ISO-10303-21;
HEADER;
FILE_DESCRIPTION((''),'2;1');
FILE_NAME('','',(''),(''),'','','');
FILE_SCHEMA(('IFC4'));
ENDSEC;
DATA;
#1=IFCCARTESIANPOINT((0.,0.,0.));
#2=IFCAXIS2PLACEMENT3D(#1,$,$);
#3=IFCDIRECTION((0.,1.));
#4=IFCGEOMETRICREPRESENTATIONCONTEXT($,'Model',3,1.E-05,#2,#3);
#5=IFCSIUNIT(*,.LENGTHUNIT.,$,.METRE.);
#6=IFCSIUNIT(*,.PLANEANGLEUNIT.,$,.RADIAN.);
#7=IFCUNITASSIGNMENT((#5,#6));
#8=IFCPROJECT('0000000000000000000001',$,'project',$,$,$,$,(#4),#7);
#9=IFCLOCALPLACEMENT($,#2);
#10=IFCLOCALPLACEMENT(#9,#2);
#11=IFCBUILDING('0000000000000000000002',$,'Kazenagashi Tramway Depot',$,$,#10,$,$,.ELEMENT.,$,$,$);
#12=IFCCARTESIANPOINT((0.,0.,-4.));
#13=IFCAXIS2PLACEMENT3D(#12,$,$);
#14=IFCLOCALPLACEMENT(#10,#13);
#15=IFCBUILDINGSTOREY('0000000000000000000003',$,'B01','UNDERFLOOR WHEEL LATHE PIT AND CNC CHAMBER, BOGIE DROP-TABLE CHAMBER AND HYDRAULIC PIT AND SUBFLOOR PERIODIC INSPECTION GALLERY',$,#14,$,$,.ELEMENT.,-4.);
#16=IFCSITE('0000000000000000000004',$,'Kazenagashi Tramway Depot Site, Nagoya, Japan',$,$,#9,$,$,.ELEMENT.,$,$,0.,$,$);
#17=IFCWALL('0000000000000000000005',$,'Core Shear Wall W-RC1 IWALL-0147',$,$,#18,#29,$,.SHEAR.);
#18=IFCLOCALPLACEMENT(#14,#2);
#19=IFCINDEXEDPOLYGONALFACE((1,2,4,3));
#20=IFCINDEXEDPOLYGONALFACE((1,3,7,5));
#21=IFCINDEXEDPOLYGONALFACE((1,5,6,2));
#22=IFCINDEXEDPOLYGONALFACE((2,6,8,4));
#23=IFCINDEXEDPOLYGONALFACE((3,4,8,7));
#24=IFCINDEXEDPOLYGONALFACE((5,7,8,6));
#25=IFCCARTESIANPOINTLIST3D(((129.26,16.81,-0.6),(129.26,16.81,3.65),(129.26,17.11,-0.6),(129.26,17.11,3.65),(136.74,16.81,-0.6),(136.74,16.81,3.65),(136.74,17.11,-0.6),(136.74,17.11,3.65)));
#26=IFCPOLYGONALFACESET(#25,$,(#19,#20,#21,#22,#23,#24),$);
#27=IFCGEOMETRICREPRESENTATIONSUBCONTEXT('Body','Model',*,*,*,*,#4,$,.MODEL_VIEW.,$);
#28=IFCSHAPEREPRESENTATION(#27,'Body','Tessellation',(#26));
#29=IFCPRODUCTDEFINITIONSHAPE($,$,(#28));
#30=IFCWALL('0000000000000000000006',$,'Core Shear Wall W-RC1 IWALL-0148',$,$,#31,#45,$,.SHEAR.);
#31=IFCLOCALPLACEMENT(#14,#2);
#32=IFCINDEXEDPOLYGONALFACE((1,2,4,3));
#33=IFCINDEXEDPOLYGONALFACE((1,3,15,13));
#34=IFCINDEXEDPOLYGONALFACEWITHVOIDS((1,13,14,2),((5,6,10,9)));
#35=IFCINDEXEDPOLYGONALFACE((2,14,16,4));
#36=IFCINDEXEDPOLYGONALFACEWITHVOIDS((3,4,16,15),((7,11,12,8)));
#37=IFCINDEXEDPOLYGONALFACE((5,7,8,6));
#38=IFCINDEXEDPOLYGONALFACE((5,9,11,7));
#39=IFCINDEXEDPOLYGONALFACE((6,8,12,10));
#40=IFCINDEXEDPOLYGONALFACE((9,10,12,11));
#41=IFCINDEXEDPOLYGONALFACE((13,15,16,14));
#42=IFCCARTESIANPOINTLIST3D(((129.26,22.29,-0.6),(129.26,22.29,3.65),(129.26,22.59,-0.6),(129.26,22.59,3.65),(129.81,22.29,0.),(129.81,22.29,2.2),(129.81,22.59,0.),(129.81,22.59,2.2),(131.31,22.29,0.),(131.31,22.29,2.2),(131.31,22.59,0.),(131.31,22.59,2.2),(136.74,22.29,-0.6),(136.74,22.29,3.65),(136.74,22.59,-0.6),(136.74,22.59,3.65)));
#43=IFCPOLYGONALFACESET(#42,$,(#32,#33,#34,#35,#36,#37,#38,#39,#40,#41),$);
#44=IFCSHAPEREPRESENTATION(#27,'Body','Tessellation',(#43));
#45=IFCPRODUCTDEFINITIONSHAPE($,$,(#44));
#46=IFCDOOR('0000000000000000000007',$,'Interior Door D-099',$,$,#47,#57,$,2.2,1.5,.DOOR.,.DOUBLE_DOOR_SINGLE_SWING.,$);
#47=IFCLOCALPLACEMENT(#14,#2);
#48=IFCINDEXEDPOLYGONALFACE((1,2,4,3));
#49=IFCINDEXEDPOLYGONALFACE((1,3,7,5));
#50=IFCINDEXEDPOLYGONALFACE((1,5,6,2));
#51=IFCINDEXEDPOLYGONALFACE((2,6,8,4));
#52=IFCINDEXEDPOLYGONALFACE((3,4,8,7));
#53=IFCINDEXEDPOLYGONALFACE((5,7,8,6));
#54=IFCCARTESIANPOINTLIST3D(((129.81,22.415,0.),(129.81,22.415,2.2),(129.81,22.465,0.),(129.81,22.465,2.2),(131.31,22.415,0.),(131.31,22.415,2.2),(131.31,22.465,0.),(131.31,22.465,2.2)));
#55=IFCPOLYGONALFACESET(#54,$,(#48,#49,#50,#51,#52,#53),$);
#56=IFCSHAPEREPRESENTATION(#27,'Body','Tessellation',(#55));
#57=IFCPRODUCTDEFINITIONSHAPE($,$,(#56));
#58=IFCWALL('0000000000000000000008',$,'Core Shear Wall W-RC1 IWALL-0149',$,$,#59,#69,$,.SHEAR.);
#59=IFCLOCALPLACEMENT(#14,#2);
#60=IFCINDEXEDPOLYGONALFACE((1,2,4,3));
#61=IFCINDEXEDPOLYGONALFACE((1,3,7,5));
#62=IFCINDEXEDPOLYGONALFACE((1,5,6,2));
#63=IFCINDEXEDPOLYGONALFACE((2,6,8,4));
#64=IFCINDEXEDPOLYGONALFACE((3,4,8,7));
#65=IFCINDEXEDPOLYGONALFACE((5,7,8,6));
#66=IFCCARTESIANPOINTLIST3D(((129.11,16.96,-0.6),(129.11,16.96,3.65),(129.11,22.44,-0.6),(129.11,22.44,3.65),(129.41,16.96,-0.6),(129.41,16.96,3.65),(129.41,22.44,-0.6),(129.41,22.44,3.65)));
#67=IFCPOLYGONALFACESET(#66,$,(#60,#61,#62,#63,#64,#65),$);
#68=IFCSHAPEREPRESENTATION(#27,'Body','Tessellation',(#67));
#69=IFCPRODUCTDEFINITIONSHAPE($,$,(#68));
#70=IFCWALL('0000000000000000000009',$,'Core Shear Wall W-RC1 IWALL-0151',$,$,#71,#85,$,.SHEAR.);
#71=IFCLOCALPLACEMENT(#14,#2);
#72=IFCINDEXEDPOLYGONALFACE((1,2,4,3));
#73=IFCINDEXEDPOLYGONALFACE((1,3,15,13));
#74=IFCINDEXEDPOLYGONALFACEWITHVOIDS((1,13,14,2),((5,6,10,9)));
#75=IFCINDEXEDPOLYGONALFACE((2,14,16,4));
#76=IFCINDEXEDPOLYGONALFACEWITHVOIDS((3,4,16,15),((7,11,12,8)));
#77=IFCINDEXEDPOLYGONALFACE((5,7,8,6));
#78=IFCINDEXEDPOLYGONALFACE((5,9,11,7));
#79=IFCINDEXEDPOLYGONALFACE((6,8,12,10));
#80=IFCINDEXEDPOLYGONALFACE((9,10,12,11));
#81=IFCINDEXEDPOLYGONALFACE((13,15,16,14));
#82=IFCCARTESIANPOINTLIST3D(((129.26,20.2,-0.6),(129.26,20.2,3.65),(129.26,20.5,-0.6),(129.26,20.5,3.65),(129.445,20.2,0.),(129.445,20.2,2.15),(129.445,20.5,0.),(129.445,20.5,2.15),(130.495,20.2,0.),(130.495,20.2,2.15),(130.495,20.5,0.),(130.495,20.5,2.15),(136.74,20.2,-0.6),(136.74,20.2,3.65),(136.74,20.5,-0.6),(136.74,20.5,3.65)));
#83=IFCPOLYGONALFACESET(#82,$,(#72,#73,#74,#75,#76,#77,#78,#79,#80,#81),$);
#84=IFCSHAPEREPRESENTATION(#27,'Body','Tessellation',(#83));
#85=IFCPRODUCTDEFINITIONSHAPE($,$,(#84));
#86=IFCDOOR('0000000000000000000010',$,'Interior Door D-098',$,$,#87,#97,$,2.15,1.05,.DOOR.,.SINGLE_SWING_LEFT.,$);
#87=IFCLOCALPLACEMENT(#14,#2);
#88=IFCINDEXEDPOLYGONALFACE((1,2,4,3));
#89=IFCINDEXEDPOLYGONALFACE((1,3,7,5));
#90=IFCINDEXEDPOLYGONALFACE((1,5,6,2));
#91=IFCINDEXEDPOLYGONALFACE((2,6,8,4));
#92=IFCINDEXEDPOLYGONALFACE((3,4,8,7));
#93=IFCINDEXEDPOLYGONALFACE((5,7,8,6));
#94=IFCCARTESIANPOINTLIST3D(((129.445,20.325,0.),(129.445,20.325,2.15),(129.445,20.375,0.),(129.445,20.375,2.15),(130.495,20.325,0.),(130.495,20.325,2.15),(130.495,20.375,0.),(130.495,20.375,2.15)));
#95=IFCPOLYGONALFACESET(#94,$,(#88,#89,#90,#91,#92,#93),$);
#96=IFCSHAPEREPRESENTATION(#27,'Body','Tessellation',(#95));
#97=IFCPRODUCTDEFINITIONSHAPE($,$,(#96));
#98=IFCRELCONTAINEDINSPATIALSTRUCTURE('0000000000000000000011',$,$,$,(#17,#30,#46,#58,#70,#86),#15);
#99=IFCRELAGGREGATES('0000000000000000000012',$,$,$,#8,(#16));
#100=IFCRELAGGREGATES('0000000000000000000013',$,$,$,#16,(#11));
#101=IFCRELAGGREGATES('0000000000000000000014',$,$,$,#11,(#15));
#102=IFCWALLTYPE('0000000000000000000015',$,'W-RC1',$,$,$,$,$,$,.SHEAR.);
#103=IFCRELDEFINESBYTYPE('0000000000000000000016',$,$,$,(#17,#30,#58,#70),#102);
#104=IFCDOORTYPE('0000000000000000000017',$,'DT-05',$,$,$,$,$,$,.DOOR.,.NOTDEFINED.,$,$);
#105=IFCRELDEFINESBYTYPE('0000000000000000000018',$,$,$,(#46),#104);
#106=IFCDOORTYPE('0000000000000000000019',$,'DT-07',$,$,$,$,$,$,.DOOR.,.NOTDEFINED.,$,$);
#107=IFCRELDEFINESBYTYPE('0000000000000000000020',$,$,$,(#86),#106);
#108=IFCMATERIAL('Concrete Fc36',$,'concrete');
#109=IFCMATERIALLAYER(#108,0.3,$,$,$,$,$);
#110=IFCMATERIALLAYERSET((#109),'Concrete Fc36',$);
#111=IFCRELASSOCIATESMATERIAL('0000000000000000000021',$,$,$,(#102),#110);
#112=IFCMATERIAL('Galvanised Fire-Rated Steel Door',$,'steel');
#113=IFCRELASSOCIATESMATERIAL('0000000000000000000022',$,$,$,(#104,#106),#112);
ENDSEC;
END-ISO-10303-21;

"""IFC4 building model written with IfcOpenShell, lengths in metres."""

from ifc_helpers import new_model, si_unit, direction, frame, frame_2d, origin, place, context, subcontext, project, spatial, rectangle, extrude, material, layer, layer_set, type_object, element, fill, save


model = new_model("IFC4")

# Units and contexts
model_context = context("Model", 3, precision=1e-05, world=origin(), true_north=direction((0.0, 1.0)))
body_context = subcontext(model_context, "Body", "Model", "MODEL_VIEW")
ifc_project = project(units=[si_unit("LENGTHUNIT", "METRE"), si_unit("PLANEANGLEUNIT", "RADIAN")], contexts=[model_context])

# Site, building, storey
site_placement = place(None, origin())
site = spatial("IfcSite", under=ifc_project, at=site_placement, Name="Kazenagashi Tramway Depot Site, Nagoya, Japan", CompositionType="ELEMENT", RefElevation=0.0)
building_placement = place(site_placement, origin())
building = spatial("IfcBuilding", under=site, at=building_placement, Name="Kazenagashi Tramway Depot", CompositionType="ELEMENT")
storey_placement = place(building_placement, frame((0.0, 0.0, -4.0)))
storey = spatial("IfcBuildingStorey", under=building, at=storey_placement, Name="B01", Description="UNDERFLOOR WHEEL LATHE PIT AND CNC CHAMBER, BOGIE DROP-TABLE CHAMBER AND HYDRAULIC PIT AND SUBFLOOR PERIODIC INSPECTION GALLERY", CompositionType="ELEMENT", Elevation=-4.0)

# Shared definitions
ifc_material_1 = material(Name="Concrete Fc36", Category="concrete")

# Wall
ifc_layer_1 = layer(ifc_material_1, 0.3)
ifc_layer_set_1 = layer_set([ifc_layer_1], Name="Concrete Fc36")
wall_type_1 = type_object("IfcWallType", Name="W-RC1", PredefinedType="SHEAR", material=ifc_layer_set_1)
wall_1_placement = place(storey_placement, frame((129.26, 16.96, -0.6), z_axis=(0.0, 0.0, 1.0), x_axis=(1.0, 0.0, 0.0)))
element("IfcWall", 1, at=wall_1_placement, inside=storey, type_object=wall_type_1, Name="Core Shear Wall W-RC1 IWALL-0147", PredefinedType="SHEAR", context=body_context, shape_type="SweptSolid", body=[
    extrude(rectangle(XDim=7.48, YDim=0.3, at=frame_2d((3.74, 0.0))), origin(), (0.0, 0.0, 1.0), 4.25),
])

# Wall, opening, door
wall_2_placement = place(storey_placement, frame((129.26, 22.44, -0.6), z_axis=(0.0, 0.0, 1.0), x_axis=(1.0, 0.0, 0.0)))
wall_2 = element("IfcWall", 2, at=wall_2_placement, inside=storey, type_object=wall_type_1, Name="Core Shear Wall W-RC1 IWALL-0148", PredefinedType="SHEAR", context=body_context, shape_type="SweptSolid", body=[
    extrude(rectangle(XDim=7.48, YDim=0.3, at=frame_2d((3.74, 0.0))), origin(), (0.0, 0.0, 1.0), 4.25),
])
opening_1_placement = place(wall_2_placement, frame((0.55, 0.0, 0.6)))
opening_1 = element("IfcOpeningElement", 3, at=opening_1_placement, cuts=wall_2, PredefinedType="OPENING", context=body_context, shape_type="SweptSolid", body=[
    extrude(rectangle(XDim=1.5, YDim=2.2, at=frame_2d((0.75, 1.1))), frame((0.0, 0.16, 0.0), z_axis=(0.0, -1.0, 0.0), x_axis=(1.0, 0.0, 0.0)), (0.0, 0.0, 1.0), 0.32),
])
ifc_material_2 = material(Name="Galvanised Fire-Rated Steel Door", Category="steel")
door_type_1 = type_object("IfcDoorType", Name="DT-05", OperationType="NOTDEFINED", PredefinedType="DOOR", material=ifc_material_2)
door_1_placement = place(opening_1_placement, origin())
door_1 = element("IfcDoor", 4, at=door_1_placement, inside=storey, type_object=door_type_1, Name="Interior Door D-099", OperationType="DOUBLE_DOOR_SINGLE_SWING", OverallHeight=2.2, OverallWidth=1.5, PredefinedType="DOOR", context=body_context, shape_type="SweptSolid", body=[
    extrude(rectangle(XDim=1.5, YDim=2.2, at=frame_2d((0.75, 1.1))), frame((0.0, 0.025, 0.0), z_axis=(0.0, -1.0, 0.0), x_axis=(1.0, 0.0, 0.0)), (0.0, 0.0, 1.0), 0.05),
])
fill(opening_1, door_1)

# Wall
wall_3_placement = place(storey_placement, frame((129.26, 16.96, -0.6), z_axis=(0.0, 0.0, 1.0), x_axis=(0.0, 1.0, 0.0)))
element("IfcWall", 5, at=wall_3_placement, inside=storey, type_object=wall_type_1, Name="Core Shear Wall W-RC1 IWALL-0149", PredefinedType="SHEAR", context=body_context, shape_type="SweptSolid", body=[
    extrude(rectangle(XDim=5.48, YDim=0.3, at=frame_2d((2.74, 0.0))), origin(), (0.0, 0.0, 1.0), 4.25),
])

# Wall, opening, door
wall_4_placement = place(storey_placement, frame((129.26, 20.35, -0.6), z_axis=(0.0, 0.0, 1.0), x_axis=(1.0, 0.0, 0.0)))
wall_4 = element("IfcWall", 6, at=wall_4_placement, inside=storey, type_object=wall_type_1, Name="Core Shear Wall W-RC1 IWALL-0151", PredefinedType="SHEAR", context=body_context, shape_type="SweptSolid", body=[
    extrude(rectangle(XDim=7.48, YDim=0.3, at=frame_2d((3.74, 0.0))), origin(), (0.0, 0.0, 1.0), 4.25),
])
opening_2_placement = place(wall_4_placement, frame((0.185, 0.0, 0.6)))
opening_2 = element("IfcOpeningElement", 7, at=opening_2_placement, cuts=wall_4, PredefinedType="OPENING", context=body_context, shape_type="SweptSolid", body=[
    extrude(rectangle(XDim=1.05, YDim=2.15, at=frame_2d((0.525, 1.075))), frame((0.0, 0.16, 0.0), z_axis=(0.0, -1.0, 0.0), x_axis=(1.0, 0.0, 0.0)), (0.0, 0.0, 1.0), 0.32),
])
door_type_2 = type_object("IfcDoorType", Name="DT-07", OperationType="NOTDEFINED", PredefinedType="DOOR", material=ifc_material_2)
door_2_placement = place(opening_2_placement, origin())
door_2 = element("IfcDoor", 8, at=door_2_placement, inside=storey, type_object=door_type_2, Name="Interior Door D-098", OperationType="SINGLE_SWING_LEFT", OverallHeight=2.15, OverallWidth=1.05, PredefinedType="DOOR", context=body_context, shape_type="SweptSolid", body=[
    extrude(rectangle(XDim=1.05, YDim=2.15, at=frame_2d((0.525, 1.075))), frame((0.0, 0.025, 0.0), z_axis=(0.0, -1.0, 0.0), x_axis=(1.0, 0.0, 0.0)), (0.0, 0.0, 1.0), 0.05),
])
fill(opening_2, door_2)

save(model, "model.ifc")
